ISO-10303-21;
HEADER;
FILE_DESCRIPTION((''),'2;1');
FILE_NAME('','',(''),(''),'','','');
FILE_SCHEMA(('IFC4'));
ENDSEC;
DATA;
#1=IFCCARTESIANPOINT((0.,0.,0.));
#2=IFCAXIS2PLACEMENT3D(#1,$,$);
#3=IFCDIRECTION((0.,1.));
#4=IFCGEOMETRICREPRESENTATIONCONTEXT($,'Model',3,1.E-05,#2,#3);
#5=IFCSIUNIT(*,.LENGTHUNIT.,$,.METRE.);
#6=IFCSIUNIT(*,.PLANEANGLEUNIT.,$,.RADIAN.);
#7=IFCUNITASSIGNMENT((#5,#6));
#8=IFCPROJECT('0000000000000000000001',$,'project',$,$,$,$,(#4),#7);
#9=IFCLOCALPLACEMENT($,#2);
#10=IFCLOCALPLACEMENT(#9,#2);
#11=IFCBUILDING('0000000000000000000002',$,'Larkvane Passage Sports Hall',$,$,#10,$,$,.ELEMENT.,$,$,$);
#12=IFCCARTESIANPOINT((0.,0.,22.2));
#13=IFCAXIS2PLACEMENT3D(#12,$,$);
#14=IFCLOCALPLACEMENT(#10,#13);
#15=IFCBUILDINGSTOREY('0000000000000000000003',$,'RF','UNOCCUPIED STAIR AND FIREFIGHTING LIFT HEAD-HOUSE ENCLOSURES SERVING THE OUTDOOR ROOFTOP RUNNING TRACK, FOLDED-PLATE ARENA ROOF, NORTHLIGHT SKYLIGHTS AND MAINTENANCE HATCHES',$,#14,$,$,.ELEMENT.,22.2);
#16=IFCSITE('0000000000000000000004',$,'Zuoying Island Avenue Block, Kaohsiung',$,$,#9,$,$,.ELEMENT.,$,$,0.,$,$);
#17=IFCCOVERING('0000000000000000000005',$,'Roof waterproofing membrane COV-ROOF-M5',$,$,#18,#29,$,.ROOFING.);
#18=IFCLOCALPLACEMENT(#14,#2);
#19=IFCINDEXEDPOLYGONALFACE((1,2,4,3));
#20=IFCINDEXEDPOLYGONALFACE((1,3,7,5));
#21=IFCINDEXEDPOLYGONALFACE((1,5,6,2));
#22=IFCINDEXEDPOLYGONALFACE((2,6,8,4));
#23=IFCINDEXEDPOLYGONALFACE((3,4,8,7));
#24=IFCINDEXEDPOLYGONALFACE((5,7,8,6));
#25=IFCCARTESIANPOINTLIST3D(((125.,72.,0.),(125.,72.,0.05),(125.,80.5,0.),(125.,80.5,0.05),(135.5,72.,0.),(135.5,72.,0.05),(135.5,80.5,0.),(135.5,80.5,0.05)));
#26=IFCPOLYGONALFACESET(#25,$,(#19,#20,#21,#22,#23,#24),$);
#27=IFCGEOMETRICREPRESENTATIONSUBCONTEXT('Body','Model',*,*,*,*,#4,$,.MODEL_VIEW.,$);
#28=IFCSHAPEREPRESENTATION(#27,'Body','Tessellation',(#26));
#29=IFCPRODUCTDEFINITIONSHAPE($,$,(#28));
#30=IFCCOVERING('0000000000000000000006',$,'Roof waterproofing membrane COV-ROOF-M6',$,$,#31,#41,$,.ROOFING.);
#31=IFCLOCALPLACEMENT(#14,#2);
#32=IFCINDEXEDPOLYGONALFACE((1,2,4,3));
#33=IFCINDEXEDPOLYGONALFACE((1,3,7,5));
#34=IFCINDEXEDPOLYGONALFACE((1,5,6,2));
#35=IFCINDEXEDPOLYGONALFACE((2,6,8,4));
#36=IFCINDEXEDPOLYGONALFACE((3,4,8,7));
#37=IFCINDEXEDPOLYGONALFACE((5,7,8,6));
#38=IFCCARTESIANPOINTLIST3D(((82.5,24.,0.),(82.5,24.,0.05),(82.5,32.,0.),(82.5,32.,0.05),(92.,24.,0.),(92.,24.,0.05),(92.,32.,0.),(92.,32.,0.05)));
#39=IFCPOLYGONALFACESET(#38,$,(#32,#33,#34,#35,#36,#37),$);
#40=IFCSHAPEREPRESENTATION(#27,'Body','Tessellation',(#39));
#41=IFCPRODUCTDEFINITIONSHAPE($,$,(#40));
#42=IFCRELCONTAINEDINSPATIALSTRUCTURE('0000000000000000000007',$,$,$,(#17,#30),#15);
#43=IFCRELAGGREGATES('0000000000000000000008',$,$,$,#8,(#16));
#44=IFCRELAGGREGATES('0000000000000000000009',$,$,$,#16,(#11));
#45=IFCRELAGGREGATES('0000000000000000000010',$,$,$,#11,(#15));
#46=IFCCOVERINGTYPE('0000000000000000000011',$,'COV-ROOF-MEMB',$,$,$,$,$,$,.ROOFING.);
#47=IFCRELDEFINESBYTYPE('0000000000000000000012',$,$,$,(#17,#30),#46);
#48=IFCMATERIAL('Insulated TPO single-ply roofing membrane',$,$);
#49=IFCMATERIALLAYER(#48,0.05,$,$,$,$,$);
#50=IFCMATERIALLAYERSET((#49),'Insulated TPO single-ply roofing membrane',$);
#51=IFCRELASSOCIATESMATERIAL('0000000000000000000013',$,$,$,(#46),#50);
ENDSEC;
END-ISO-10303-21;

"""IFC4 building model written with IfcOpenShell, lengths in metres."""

from ifc_helpers import new_model, si_unit, direction, frame, origin, place, context, subcontext, project, spatial, polyline, outline, extrude, material, layer, layer_set, type_object, element, save


model = new_model("IFC4")

# Units and contexts
model_context = context("Model", 3, precision=1e-05, world=origin(), true_north=direction((0.0, 1.0)))
body_context = subcontext(model_context, "Body", "Model", "MODEL_VIEW")
ifc_project = project(units=[si_unit("LENGTHUNIT", "METRE"), si_unit("PLANEANGLEUNIT", "RADIAN")], contexts=[model_context])

# Site, building, storey
site_placement = place(None, origin())
site = spatial("IfcSite", under=ifc_project, at=site_placement, Name="Zuoying Island Avenue Block, Kaohsiung", CompositionType="ELEMENT", RefElevation=0.0)
building_placement = place(site_placement, origin())
building = spatial("IfcBuilding", under=site, at=building_placement, Name="Larkvane Passage Sports Hall", CompositionType="ELEMENT")
storey_placement = place(building_placement, frame((0.0, 0.0, 22.2)))
storey = spatial("IfcBuildingStorey", under=building, at=storey_placement, Name="RF", Description="UNOCCUPIED STAIR AND FIREFIGHTING LIFT HEAD-HOUSE ENCLOSURES SERVING THE OUTDOOR ROOFTOP RUNNING TRACK, FOLDED-PLATE ARENA ROOF, NORTHLIGHT SKYLIGHTS AND MAINTENANCE HATCHES", CompositionType="ELEMENT", Elevation=22.2)

# Coverings
ifc_material_1 = material(Name="Insulated TPO single-ply roofing membrane")
ifc_layer_1 = layer(ifc_material_1, 0.05)
ifc_layer_set_1 = layer_set([ifc_layer_1], Name="Insulated TPO single-ply roofing membrane")
covering_type = type_object("IfcCoveringType", Name="COV-ROOF-MEMB", PredefinedType="ROOFING", material=ifc_layer_set_1)
covering_1_placement = place(storey_placement, origin())
element("IfcCovering", 1, at=covering_1_placement, inside=storey, type_object=covering_type, Name="Roof waterproofing membrane COV-ROOF-M5", PredefinedType="ROOFING", context=body_context, shape_type="SweptSolid", body=[
    extrude(outline(polyline([(125.0, 72.0), (135.5, 72.0), (135.5, 80.5), (125.0, 80.5), (125.0, 72.0)])), origin(), (0.0, 0.0, 1.0), 0.05),
])
covering_2_placement = place(storey_placement, origin())
element("IfcCovering", 2, at=covering_2_placement, inside=storey, type_object=covering_type, Name="Roof waterproofing membrane COV-ROOF-M6", PredefinedType="ROOFING", context=body_context, shape_type="SweptSolid", body=[
    extrude(outline(polyline([(82.5, 24.0), (92.0, 24.0), (92.0, 32.0), (82.5, 32.0), (82.5, 24.0)])), origin(), (0.0, 0.0, 1.0), 0.05),
])

save(model, "model.ifc")
